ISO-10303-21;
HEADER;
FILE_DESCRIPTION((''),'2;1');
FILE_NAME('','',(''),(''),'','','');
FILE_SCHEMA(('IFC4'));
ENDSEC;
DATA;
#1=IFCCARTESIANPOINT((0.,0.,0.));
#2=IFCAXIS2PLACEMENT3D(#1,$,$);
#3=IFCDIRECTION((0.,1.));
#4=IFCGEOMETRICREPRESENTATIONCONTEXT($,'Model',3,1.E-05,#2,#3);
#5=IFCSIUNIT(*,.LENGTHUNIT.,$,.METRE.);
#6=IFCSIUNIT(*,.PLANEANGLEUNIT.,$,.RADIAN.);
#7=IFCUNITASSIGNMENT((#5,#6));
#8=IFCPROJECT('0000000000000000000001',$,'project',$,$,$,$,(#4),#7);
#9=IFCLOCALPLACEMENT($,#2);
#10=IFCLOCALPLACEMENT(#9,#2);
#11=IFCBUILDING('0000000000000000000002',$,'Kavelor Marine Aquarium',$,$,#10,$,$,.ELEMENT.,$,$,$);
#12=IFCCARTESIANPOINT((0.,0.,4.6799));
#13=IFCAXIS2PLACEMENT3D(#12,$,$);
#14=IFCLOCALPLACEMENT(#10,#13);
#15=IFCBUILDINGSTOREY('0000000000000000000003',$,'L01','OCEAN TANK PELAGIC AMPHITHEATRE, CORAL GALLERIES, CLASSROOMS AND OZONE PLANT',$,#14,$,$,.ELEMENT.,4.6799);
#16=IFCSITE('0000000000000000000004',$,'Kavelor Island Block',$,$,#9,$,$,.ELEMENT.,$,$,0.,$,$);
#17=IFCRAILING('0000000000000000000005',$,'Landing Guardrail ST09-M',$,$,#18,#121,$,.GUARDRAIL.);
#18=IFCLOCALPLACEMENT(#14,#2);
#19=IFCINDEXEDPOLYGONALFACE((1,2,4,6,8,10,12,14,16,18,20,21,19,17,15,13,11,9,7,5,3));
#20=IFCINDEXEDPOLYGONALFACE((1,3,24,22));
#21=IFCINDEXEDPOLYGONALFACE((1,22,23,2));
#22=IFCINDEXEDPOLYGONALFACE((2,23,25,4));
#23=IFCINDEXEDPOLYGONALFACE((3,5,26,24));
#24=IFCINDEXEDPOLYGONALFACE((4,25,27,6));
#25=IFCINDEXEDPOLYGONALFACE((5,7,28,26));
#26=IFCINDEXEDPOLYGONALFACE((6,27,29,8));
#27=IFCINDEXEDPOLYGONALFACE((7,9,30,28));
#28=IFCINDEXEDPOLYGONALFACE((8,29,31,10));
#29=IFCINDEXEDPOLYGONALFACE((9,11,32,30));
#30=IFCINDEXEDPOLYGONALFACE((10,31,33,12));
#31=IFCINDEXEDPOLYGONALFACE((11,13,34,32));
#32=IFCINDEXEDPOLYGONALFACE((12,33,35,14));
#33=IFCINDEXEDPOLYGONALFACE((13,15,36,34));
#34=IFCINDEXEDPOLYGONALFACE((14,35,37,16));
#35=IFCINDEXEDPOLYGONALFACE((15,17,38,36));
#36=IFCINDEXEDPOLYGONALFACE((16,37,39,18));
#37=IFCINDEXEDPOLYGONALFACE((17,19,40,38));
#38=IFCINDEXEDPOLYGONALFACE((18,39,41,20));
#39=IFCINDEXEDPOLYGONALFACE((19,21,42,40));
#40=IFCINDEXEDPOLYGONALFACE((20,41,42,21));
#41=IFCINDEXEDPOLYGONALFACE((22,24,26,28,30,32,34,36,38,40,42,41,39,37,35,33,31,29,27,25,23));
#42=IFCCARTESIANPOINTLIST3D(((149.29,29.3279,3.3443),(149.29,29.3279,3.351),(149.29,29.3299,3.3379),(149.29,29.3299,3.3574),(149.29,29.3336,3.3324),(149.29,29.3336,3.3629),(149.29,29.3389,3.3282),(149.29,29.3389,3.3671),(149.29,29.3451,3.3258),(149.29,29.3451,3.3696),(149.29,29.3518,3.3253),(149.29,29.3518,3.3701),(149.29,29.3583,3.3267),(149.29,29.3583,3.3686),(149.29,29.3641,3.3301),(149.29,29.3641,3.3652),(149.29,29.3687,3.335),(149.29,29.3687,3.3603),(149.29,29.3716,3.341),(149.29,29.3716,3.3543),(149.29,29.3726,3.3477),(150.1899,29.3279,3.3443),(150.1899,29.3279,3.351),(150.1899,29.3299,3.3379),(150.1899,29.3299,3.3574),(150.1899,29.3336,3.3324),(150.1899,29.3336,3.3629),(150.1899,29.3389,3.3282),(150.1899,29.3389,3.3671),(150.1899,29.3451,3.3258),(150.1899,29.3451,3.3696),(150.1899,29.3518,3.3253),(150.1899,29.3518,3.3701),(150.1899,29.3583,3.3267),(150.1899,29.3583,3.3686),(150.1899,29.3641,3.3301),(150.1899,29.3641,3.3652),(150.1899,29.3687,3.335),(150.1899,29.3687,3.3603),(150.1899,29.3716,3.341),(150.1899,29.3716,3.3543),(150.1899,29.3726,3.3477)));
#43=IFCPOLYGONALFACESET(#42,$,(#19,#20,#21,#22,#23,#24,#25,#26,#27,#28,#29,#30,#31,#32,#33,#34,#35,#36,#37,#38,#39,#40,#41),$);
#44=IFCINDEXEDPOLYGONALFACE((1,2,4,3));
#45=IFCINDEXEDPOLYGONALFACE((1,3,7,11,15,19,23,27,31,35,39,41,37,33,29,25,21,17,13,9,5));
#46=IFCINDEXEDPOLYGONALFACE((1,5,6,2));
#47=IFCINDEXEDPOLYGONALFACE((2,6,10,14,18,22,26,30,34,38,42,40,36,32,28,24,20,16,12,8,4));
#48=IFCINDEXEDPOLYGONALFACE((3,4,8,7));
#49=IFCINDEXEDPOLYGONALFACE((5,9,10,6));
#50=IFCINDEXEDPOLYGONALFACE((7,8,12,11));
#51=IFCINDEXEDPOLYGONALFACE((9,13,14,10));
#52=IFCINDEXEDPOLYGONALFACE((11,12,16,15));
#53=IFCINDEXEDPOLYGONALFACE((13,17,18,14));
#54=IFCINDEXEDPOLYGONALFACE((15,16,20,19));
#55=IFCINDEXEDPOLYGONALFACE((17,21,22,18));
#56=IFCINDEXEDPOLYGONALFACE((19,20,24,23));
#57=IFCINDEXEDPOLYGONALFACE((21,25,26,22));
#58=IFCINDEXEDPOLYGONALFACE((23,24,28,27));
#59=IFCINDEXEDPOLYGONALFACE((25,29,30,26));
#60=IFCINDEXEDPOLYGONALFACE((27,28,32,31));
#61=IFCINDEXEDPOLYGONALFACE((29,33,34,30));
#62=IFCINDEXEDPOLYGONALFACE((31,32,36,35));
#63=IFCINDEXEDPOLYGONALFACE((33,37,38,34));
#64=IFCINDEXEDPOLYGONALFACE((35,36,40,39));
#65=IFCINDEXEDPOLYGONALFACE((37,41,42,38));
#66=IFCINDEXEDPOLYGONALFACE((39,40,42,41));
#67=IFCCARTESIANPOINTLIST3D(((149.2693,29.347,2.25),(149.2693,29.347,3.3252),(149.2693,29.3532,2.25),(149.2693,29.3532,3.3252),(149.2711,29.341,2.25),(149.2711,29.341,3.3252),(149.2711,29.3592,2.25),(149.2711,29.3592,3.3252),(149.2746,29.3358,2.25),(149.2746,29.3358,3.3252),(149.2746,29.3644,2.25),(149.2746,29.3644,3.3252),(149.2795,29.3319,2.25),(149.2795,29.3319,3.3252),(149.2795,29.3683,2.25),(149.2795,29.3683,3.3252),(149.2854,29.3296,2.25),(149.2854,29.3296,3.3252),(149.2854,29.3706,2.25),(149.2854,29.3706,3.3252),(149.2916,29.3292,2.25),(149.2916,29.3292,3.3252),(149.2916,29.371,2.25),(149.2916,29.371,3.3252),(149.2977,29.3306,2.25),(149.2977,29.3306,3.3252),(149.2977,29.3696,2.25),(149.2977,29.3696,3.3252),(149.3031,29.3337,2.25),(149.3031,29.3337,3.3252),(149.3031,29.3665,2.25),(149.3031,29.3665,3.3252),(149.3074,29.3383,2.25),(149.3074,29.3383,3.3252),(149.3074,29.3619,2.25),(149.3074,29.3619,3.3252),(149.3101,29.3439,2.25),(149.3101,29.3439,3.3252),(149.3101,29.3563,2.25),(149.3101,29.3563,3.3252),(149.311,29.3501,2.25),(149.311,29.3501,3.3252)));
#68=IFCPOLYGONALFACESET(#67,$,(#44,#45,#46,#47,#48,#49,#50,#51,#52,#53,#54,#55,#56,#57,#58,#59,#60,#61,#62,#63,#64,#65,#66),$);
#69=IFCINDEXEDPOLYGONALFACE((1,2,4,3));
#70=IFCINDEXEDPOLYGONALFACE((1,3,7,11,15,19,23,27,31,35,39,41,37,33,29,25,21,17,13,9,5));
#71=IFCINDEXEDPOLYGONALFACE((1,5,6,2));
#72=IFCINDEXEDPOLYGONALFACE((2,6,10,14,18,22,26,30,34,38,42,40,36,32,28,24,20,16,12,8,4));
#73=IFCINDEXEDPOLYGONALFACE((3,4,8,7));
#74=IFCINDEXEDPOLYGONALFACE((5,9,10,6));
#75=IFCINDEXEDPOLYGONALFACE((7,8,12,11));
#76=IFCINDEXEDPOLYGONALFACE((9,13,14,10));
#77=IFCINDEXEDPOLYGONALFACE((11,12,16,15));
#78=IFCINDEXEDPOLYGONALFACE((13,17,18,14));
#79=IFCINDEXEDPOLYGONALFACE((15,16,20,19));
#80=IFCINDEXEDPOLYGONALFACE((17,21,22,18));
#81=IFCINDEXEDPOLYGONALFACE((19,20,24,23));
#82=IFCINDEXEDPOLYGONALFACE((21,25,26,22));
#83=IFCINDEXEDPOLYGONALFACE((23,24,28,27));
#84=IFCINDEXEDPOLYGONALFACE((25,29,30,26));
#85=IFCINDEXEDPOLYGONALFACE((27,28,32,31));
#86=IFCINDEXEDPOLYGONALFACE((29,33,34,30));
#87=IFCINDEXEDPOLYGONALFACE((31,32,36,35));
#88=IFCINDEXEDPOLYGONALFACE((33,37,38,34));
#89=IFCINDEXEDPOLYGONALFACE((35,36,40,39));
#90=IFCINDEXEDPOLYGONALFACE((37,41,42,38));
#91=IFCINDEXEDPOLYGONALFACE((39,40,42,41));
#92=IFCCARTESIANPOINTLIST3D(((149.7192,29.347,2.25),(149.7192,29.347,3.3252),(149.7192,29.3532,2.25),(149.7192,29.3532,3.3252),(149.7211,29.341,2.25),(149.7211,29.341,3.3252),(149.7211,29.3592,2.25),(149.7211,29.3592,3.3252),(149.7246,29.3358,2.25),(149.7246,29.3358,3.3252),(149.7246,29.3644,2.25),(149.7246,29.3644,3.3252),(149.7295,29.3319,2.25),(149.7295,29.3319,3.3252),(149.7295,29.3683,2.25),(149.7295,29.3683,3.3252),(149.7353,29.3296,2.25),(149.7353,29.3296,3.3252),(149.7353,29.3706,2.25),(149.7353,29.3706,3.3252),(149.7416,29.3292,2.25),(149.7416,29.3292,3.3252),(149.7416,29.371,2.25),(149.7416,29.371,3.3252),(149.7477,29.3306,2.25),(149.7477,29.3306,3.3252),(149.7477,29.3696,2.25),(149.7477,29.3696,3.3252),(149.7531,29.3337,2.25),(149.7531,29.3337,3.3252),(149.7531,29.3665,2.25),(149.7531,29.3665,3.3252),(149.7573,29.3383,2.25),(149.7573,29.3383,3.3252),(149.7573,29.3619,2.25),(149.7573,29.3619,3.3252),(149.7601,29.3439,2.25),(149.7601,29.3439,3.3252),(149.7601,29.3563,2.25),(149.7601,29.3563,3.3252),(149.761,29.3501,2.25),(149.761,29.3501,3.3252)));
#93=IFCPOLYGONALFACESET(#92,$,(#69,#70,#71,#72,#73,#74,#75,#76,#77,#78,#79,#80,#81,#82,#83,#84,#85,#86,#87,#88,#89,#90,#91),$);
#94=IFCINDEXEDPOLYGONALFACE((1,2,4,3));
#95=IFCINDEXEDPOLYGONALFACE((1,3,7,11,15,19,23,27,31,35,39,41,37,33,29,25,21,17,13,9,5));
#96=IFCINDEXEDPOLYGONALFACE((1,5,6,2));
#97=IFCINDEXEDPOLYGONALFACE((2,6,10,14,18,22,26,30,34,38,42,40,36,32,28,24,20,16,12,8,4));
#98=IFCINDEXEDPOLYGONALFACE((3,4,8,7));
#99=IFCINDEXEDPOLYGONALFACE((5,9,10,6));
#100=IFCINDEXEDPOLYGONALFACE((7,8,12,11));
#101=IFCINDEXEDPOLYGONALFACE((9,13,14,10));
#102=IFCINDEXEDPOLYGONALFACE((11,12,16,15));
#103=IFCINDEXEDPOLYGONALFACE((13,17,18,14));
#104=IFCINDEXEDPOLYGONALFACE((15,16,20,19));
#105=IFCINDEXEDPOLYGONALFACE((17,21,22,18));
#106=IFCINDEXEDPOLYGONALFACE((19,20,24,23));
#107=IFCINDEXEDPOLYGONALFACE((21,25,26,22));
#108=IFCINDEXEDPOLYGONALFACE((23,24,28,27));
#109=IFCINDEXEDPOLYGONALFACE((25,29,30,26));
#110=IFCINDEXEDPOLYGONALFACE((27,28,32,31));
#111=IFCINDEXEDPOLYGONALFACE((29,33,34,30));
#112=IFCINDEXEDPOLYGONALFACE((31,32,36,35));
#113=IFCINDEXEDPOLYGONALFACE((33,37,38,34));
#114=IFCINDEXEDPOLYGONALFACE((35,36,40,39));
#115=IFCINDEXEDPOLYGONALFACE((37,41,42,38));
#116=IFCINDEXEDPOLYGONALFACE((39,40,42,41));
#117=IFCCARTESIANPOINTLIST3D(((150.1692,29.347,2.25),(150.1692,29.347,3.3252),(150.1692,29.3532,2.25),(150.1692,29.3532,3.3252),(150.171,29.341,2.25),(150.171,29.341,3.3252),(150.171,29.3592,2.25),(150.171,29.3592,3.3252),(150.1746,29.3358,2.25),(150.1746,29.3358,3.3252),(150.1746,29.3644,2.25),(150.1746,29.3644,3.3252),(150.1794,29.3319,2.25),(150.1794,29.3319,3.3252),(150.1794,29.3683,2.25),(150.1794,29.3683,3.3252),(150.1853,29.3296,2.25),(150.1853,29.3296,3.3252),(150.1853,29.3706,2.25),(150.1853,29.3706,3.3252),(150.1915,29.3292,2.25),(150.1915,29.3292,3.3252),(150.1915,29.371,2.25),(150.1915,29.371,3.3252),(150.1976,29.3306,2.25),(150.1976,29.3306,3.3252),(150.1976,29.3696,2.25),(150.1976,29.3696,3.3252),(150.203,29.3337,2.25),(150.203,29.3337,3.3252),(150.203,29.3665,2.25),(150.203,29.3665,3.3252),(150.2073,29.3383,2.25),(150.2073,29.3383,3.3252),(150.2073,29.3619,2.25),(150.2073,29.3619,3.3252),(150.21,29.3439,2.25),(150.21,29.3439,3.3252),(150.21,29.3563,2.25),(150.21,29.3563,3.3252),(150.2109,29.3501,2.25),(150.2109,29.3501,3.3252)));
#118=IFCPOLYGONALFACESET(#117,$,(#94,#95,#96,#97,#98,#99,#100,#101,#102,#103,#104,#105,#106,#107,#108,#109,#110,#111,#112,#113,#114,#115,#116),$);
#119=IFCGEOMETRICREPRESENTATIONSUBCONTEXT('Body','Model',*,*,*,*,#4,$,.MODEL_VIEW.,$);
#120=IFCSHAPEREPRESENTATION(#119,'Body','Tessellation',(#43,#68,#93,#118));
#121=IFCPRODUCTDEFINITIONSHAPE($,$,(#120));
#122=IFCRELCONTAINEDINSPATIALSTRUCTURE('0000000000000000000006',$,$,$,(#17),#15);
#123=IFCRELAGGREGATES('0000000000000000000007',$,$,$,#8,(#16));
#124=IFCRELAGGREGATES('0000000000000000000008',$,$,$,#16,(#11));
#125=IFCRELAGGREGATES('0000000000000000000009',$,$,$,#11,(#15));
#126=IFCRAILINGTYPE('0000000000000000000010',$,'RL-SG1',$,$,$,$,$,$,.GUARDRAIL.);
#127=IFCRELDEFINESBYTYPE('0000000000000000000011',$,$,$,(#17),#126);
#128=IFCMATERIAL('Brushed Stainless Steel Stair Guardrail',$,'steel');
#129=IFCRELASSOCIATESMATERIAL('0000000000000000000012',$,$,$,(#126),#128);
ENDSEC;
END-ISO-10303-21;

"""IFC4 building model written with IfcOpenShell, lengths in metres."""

from ifc_helpers import new_model, si_unit, direction, frame, origin, origin_2d, place, context, subcontext, project, spatial, circle, extrude, material, type_object, element, save


model = new_model("IFC4")

# Units and contexts
model_context = context("Model", 3, precision=1e-05, world=origin(), true_north=direction((0.0, 1.0)))
body_context = subcontext(model_context, "Body", "Model", "MODEL_VIEW")
ifc_project = project(units=[si_unit("LENGTHUNIT", "METRE"), si_unit("PLANEANGLEUNIT", "RADIAN")], contexts=[model_context])

# Site, building, storey
site_placement = place(None, origin())
site = spatial("IfcSite", under=ifc_project, at=site_placement, Name="Kavelor Island Block", CompositionType="ELEMENT", RefElevation=0.0)
building_placement = place(site_placement, origin())
building = spatial("IfcBuilding", under=site, at=building_placement, Name="Kavelor Marine Aquarium", CompositionType="ELEMENT")
storey_placement = place(building_placement, frame((0.0, 0.0, 4.6799)))
storey = spatial("IfcBuildingStorey", under=building, at=storey_placement, Name="L01", Description="OCEAN TANK PELAGIC AMPHITHEATRE, CORAL GALLERIES, CLASSROOMS AND OZONE PLANT", CompositionType="ELEMENT", Elevation=4.6799)

# Railing
ifc_material_1 = material(Name="Brushed Stainless Steel Stair Guardrail", Category="steel")
railing_type_1 = type_object("IfcRailingType", Name="RL-SG1", PredefinedType="GUARDRAIL", material=ifc_material_1)
railing_1_placement = place(storey_placement, frame((149.29, 29.3501, 2.25)))
element("IfcRailing", 1, at=railing_1_placement, inside=storey, type_object=railing_type_1, Name="Landing Guardrail ST09-M", PredefinedType="GUARDRAIL", context=body_context, shape_type="SweptSolid", body=[
    extrude(circle(Radius=0.0225, at=origin_2d()), frame((0.0, 0.0, 1.0977), z_axis=(1.0, 0.0, 0.0), x_axis=(0.0, 1.0, 0.0)), (0.0, 0.0, 1.0), 0.8999),
    extrude(circle(Radius=0.021, at=origin_2d()), origin(), (0.0, 0.0, 1.0), 1.0752),
    extrude(circle(Radius=0.021, at=origin_2d()), frame((0.45, 0.0, 0.0)), (0.0, 0.0, 1.0), 1.0752),
    extrude(circle(Radius=0.021, at=origin_2d()), frame((0.8999, 0.0, 0.0)), (0.0, 0.0, 1.0), 1.0752),
])

save(model, "model.ifc")
